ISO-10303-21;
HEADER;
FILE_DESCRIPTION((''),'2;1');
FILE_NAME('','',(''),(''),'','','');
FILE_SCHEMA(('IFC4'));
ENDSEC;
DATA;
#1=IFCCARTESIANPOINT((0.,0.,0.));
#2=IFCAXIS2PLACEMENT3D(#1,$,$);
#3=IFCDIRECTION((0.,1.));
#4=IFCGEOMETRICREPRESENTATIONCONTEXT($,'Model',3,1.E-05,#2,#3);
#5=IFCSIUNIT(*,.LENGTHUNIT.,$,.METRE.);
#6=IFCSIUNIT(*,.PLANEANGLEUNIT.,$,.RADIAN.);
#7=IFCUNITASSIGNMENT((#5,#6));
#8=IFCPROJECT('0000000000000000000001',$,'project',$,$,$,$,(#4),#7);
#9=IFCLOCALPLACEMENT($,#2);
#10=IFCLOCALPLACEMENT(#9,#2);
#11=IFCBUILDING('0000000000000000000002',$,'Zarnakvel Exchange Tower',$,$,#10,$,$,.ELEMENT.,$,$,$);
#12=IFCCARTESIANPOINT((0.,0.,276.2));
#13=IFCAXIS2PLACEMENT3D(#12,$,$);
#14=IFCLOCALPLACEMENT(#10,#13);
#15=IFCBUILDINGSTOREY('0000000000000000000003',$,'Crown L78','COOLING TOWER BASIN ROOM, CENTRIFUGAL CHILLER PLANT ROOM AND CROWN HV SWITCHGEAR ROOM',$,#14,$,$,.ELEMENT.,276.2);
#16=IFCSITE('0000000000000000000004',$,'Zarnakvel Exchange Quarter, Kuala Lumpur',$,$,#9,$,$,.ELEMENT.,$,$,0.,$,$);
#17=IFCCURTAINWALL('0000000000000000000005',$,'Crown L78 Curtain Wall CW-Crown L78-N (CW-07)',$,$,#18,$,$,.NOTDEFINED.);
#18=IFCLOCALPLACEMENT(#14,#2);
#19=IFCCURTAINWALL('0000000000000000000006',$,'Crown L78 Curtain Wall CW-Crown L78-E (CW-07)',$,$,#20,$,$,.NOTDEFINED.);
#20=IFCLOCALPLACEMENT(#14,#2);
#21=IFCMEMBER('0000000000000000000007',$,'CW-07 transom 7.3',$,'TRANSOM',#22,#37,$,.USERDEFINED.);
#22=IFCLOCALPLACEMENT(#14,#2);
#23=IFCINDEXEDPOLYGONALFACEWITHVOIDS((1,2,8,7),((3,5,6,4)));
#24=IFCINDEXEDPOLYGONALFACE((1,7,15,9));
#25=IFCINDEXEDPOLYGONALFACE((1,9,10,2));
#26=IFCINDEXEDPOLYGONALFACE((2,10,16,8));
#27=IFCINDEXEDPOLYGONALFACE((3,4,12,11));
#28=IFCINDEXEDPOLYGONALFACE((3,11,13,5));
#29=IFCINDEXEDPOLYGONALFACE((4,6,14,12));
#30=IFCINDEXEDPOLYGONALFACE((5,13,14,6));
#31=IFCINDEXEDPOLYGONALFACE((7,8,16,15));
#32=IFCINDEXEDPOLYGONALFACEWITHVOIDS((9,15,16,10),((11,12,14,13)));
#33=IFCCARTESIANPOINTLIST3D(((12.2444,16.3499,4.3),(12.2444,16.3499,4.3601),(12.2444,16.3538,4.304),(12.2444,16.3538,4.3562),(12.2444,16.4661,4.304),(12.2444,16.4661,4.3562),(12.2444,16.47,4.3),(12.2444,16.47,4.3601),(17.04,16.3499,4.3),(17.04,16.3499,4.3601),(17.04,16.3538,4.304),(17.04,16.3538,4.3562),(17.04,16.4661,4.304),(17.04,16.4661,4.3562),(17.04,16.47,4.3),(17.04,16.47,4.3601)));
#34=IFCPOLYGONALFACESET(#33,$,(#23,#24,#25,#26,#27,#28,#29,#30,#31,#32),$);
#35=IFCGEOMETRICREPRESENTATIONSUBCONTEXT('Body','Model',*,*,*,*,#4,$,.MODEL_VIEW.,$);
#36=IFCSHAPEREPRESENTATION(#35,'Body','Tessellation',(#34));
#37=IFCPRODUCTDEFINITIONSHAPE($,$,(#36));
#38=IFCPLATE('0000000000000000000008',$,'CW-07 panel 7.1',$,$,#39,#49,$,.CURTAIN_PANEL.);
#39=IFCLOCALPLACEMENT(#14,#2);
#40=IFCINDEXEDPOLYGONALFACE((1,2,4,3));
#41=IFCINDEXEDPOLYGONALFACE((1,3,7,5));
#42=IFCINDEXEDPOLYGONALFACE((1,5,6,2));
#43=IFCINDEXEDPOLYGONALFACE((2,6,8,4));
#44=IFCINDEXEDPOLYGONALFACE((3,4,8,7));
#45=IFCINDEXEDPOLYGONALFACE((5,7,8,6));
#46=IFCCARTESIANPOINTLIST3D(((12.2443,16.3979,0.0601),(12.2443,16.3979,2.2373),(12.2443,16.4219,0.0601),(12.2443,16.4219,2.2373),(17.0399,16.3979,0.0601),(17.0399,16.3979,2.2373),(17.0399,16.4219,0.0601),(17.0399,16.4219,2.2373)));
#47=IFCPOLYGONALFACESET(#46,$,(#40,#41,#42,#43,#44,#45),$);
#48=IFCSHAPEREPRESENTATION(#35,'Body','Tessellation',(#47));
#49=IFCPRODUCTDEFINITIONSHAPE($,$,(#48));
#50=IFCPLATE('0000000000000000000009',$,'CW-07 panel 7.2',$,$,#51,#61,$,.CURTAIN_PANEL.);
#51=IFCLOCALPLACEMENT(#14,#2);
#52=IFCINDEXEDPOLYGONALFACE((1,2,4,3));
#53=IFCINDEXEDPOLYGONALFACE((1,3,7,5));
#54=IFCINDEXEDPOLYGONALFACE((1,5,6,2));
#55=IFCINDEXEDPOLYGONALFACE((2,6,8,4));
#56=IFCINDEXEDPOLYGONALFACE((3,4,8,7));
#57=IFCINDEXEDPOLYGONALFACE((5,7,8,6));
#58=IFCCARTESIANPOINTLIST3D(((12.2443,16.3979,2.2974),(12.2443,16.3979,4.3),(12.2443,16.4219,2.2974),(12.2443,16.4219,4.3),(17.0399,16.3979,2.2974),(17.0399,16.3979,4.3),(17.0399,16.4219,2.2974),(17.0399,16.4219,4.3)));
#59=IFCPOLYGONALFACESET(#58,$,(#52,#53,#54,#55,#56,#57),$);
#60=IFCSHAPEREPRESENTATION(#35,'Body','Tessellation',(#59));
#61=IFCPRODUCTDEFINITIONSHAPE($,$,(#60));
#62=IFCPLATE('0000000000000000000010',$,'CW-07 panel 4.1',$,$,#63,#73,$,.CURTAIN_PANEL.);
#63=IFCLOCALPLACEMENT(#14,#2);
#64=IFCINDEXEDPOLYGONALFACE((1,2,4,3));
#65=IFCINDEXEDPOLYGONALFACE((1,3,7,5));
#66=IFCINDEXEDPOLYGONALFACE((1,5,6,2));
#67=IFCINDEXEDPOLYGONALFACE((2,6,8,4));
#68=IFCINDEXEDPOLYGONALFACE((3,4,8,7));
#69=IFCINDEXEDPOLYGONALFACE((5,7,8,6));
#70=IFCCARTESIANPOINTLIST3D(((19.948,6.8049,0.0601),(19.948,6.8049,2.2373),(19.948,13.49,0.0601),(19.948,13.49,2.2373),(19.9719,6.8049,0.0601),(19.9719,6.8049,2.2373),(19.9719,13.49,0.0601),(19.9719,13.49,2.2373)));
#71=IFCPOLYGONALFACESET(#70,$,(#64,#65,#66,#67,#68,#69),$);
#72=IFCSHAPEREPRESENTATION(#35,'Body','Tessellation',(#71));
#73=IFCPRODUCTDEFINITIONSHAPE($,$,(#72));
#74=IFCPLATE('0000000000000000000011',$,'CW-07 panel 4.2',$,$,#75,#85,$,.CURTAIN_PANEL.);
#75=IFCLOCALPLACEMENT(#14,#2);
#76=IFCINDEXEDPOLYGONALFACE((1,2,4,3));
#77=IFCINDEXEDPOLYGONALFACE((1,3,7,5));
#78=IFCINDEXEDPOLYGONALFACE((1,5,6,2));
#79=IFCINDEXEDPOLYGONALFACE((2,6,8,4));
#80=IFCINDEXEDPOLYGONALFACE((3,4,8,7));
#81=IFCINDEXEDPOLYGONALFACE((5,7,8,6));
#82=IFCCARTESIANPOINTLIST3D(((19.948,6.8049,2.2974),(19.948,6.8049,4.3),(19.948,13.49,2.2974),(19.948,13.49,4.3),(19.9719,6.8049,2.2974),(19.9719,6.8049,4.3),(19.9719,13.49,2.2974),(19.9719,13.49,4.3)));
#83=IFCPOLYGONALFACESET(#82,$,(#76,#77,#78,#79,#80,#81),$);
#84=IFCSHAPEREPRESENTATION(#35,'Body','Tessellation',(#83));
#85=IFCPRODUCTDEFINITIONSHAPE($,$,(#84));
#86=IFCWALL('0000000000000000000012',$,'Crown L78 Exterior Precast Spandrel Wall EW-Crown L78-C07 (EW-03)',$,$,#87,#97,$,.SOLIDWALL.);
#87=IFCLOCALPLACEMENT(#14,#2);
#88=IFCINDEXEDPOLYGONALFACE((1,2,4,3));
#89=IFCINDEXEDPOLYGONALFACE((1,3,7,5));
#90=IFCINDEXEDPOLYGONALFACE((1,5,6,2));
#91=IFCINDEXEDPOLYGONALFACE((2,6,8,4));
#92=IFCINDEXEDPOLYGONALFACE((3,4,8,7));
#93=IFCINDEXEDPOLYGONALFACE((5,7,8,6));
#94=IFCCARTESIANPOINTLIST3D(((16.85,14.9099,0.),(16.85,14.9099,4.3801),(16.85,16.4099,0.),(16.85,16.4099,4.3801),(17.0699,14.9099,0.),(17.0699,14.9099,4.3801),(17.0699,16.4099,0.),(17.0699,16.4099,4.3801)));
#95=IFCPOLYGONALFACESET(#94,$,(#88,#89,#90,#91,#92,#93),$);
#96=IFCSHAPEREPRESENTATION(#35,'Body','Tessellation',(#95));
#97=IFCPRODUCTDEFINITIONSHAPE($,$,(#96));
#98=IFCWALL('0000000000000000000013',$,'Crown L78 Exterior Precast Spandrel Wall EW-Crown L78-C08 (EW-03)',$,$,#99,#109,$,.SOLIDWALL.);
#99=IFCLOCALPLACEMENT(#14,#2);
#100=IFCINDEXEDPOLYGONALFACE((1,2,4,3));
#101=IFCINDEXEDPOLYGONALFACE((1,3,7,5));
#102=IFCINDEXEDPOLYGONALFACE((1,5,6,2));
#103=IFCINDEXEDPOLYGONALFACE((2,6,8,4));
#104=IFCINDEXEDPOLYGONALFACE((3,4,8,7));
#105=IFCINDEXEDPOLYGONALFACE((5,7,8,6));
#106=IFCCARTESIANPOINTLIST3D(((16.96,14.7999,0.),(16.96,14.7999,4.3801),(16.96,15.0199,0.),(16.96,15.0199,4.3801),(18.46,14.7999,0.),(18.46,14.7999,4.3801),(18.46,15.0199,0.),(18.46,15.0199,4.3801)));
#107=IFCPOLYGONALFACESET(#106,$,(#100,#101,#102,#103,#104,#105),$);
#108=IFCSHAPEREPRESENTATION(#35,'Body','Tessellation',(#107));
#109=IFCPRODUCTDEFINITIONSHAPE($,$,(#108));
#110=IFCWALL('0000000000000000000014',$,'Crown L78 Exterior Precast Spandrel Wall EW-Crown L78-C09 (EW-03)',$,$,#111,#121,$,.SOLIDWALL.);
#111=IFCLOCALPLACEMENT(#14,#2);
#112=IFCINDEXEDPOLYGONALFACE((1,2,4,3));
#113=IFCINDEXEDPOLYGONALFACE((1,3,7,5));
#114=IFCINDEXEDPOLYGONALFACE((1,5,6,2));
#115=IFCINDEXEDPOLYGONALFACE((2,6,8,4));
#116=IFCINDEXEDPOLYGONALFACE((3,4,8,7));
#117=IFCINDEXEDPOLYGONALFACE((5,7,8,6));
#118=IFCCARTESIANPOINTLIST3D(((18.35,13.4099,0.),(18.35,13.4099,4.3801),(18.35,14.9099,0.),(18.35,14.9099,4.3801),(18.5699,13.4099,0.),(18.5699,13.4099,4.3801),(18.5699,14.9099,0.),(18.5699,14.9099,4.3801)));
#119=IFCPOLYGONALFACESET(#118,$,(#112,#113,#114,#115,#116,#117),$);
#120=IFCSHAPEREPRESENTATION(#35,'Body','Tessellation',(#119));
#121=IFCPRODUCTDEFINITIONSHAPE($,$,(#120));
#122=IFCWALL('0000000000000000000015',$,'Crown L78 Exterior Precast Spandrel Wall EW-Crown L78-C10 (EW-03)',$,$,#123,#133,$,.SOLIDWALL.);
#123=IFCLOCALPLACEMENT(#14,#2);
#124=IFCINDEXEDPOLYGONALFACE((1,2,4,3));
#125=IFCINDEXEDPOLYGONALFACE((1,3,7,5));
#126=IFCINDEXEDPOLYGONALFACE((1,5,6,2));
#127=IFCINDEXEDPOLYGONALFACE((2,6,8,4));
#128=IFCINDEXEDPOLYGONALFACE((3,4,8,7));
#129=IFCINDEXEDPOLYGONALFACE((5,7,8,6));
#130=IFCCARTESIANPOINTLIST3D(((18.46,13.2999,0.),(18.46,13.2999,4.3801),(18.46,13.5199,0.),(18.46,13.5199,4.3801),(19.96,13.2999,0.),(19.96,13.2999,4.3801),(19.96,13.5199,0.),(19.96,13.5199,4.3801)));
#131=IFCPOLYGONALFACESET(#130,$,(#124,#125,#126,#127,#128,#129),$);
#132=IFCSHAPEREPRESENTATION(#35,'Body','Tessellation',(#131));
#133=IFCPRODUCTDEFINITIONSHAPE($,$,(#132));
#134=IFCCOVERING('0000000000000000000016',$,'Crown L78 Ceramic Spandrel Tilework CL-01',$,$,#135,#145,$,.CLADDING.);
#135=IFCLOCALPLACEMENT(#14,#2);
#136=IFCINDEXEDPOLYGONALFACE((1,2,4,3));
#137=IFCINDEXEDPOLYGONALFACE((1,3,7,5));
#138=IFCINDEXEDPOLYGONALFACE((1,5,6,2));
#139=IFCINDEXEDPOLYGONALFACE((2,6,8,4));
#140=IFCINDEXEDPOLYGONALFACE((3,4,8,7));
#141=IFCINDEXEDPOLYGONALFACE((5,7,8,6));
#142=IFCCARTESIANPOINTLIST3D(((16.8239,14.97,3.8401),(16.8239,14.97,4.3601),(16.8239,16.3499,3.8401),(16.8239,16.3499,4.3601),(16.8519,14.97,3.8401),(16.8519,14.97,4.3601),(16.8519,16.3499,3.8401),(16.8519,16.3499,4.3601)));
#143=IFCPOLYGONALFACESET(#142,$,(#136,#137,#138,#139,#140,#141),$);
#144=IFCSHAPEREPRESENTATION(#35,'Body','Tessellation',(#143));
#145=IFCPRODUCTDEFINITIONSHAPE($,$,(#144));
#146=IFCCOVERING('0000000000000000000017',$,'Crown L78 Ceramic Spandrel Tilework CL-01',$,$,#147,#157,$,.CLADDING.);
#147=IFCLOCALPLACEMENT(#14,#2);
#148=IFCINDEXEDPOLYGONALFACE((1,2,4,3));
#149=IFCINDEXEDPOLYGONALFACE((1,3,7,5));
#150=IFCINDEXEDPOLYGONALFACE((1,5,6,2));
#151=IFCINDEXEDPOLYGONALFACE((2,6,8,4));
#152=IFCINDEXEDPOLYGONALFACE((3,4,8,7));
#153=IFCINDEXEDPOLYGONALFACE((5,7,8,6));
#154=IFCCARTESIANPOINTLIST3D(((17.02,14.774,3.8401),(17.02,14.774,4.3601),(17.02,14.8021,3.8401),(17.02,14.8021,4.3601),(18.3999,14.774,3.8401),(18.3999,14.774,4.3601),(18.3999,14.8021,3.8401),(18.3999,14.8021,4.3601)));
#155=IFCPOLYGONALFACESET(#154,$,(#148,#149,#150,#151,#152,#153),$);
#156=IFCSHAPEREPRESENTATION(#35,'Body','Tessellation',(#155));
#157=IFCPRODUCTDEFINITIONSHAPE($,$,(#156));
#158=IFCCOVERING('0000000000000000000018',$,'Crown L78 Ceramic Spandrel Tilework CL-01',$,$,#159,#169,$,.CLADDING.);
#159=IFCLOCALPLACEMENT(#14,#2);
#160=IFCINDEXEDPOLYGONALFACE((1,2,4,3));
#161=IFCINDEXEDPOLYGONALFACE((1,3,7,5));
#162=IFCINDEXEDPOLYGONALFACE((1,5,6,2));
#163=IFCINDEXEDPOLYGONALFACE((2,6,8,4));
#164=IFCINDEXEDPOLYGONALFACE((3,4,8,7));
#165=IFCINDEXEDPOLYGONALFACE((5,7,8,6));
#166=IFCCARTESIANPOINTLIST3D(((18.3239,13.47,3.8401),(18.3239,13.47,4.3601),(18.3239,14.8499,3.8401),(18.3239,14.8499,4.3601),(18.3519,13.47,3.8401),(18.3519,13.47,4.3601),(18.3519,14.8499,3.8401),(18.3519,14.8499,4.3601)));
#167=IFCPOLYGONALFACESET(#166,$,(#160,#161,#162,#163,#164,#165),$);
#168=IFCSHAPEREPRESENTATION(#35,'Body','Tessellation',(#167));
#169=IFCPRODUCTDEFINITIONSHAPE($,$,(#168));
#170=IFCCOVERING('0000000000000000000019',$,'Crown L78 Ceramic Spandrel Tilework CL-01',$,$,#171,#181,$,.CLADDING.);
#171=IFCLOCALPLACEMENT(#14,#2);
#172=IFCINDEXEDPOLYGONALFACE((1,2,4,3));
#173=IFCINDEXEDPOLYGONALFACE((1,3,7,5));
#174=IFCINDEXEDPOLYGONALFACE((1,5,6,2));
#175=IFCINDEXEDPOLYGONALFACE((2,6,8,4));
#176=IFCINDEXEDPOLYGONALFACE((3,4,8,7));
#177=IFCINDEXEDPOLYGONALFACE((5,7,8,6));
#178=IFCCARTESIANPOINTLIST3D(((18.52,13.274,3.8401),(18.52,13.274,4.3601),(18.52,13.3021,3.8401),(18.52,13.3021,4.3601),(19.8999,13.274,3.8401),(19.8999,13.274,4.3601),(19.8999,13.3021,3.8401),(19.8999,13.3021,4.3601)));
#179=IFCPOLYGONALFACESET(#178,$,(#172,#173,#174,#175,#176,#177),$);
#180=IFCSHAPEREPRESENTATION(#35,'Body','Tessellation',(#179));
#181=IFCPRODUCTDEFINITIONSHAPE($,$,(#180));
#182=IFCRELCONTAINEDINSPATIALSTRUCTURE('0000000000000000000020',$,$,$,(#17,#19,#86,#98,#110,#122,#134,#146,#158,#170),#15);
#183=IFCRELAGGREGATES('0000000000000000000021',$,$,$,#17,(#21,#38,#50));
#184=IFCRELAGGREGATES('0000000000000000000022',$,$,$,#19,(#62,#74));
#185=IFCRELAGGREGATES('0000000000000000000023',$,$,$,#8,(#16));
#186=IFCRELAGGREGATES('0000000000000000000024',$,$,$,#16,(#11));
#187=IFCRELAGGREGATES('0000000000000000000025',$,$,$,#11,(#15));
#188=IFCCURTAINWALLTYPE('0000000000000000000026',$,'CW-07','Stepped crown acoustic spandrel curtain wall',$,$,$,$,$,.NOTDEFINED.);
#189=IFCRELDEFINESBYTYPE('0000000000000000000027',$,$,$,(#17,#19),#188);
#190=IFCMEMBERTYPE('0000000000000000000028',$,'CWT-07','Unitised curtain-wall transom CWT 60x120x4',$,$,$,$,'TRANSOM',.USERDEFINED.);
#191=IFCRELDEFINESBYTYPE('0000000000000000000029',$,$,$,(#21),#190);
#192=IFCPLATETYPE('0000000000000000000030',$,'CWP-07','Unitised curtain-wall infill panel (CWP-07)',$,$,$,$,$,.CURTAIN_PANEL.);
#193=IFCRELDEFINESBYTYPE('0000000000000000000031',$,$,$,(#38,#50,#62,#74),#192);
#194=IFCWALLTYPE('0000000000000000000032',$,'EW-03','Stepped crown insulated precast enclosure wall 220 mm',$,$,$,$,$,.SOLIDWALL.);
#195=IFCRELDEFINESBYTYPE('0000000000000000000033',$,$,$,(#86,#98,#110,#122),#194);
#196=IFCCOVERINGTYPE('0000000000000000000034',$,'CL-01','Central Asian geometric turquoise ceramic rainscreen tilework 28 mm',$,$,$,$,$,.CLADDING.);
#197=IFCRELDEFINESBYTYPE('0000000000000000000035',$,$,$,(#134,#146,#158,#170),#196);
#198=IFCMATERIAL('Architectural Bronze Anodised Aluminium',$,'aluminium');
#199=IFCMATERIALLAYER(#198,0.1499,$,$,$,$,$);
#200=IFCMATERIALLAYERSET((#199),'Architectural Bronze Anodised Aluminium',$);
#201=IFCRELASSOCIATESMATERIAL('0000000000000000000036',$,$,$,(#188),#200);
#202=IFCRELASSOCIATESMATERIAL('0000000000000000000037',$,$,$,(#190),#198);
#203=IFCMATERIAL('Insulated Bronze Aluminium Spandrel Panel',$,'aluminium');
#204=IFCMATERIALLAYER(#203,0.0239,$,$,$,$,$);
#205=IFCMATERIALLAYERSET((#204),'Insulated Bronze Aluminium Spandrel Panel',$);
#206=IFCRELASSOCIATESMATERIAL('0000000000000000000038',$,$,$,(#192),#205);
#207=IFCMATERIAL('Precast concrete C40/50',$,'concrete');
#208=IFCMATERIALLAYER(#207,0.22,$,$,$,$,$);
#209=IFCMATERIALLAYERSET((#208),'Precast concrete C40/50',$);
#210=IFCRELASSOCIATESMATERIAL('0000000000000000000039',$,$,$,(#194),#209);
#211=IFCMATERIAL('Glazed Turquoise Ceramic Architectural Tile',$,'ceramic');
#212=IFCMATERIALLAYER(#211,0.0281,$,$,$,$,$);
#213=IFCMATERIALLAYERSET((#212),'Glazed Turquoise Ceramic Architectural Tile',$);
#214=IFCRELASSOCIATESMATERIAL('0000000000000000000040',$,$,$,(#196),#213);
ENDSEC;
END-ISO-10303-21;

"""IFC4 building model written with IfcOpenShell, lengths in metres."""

from ifc_helpers import new_model, si_unit, direction, frame, frame_2d, origin, origin_2d, place, context, subcontext, project, spatial, rectangle, hollow_rectangle, extrude, source, transform, mapped, material, layer, layer_set, material_profile, profile_set, type_object, element, aggregate, save


model = new_model("IFC4")

# Units and contexts
model_context = context("Model", 3, precision=1e-05, world=origin(), true_north=direction((0.0, 1.0)))
body_context = subcontext(model_context, "Body", "Model", "MODEL_VIEW")
ifc_project = project(units=[si_unit("LENGTHUNIT", "METRE"), si_unit("PLANEANGLEUNIT", "RADIAN")], contexts=[model_context])

# Site, building, storey
site_placement = place(None, origin())
site = spatial("IfcSite", under=ifc_project, at=site_placement, Name="Zarnakvel Exchange Quarter, Kuala Lumpur", CompositionType="ELEMENT", RefElevation=0.0)
building_placement = place(site_placement, origin())
building = spatial("IfcBuilding", under=site, at=building_placement, Name="Zarnakvel Exchange Tower", CompositionType="ELEMENT")
storey_placement = place(building_placement, frame((0.0, 0.0, 276.2)))
storey = spatial("IfcBuildingStorey", under=building, at=storey_placement, Name="Crown L78", Description="COOLING TOWER BASIN ROOM, CENTRIFUGAL CHILLER PLANT ROOM AND CROWN HV SWITCHGEAR ROOM", CompositionType="ELEMENT", Elevation=276.2)

# Curtain walls
ifc_material_1 = material(Name="Architectural Bronze Anodised Aluminium", Category="aluminium")
ifc_layer_1 = layer(ifc_material_1, 0.1499)
ifc_layer_set_1 = layer_set([ifc_layer_1], Name="Architectural Bronze Anodised Aluminium")
curtain_wall_type = type_object("IfcCurtainWallType", Name="CW-07", Description="Stepped crown acoustic spandrel curtain wall", PredefinedType="NOTDEFINED", material=ifc_layer_set_1)
curtain_wall_1_placement = place(storey_placement, origin())
curtain_wall_1 = element("IfcCurtainWall", 1, at=curtain_wall_1_placement, inside=storey, type_object=curtain_wall_type, Name="Crown L78 Curtain Wall CW-Crown L78-N (CW-07)", PredefinedType="NOTDEFINED")
curtain_wall_2_placement = place(storey_placement, origin())
curtain_wall_2 = element("IfcCurtainWall", 2, at=curtain_wall_2_placement, inside=storey, type_object=curtain_wall_type, Name="Crown L78 Curtain Wall CW-Crown L78-E (CW-07)", PredefinedType="NOTDEFINED")

# Member
ifc_material_profile_1 = material_profile(ifc_material_1, hollow_rectangle(XDim=0.1201, YDim=0.0601, WallThickness=0.0039, at=origin_2d()))
ifc_profile_set_1 = profile_set([ifc_material_profile_1], Name="Architectural Bronze Anodised Aluminium")
member_type_1 = type_object("IfcMemberType", Name="CWT-07", Description="Unitised curtain-wall transom CWT 60x120x4", ElementType="TRANSOM", PredefinedType="USERDEFINED", material=ifc_profile_set_1)
shared_shape_1 = source(origin(), body_context, "Body", "SweptSolid", [
    extrude(hollow_rectangle(XDim=0.1201, YDim=0.0601, WallThickness=0.0039, at=origin_2d()), origin(), (0.0, 0.0, 1.0), 4.7957),
])
member_1_placement = place(storey_placement, frame((12.2444, 16.4099, 4.3301), z_axis=(1.0, 0.0, 0.0), x_axis=(0.0, 1.0, 0.0)))
member_1 = element("IfcMember", 3, at=member_1_placement, type_object=member_type_1, Name="CW-07 transom 7.3", ObjectType="TRANSOM", PredefinedType="USERDEFINED", context=body_context, shape_type="MappedRepresentation", body=[
    mapped(shared_shape_1, transform((0.0, 0.0, 0.0), x_axis=(1.0, 0.0, 0.0), y_axis=(0.0, 1.0, 0.0), z_axis=(0.0, 0.0, 1.0), scale=1.0)),
])

# Plates
ifc_material_2 = material(Name="Insulated Bronze Aluminium Spandrel Panel", Category="aluminium")
ifc_layer_2 = layer(ifc_material_2, 0.0239)
ifc_layer_set_2 = layer_set([ifc_layer_2], Name="Insulated Bronze Aluminium Spandrel Panel")
plate_type = type_object("IfcPlateType", Name="CWP-07", Description="Unitised curtain-wall infill panel (CWP-07)", PredefinedType="CURTAIN_PANEL", material=ifc_layer_set_2)
shared_shape_2 = source(origin(), body_context, "Body", "SweptSolid", [
    extrude(rectangle(XDim=4.7957, YDim=0.0239, at=origin_2d()), origin(), (0.0, 0.0, 1.0), 2.1772),
])
plate_1_placement = place(storey_placement, frame((14.6421, 16.4099, 0.0601), z_axis=(0.0, 0.0, 1.0), x_axis=(1.0, 0.0, 0.0)))
plate_1 = element("IfcPlate", 4, at=plate_1_placement, type_object=plate_type, Name="CW-07 panel 7.1", PredefinedType="CURTAIN_PANEL", context=body_context, shape_type="MappedRepresentation", body=[
    mapped(shared_shape_2, transform((0.0, 0.0, 0.0), x_axis=(1.0, 0.0, 0.0), y_axis=(0.0, 1.0, 0.0), z_axis=(0.0, 0.0, 1.0), scale=1.0)),
])
shared_shape_3 = source(origin(), body_context, "Body", "SweptSolid", [
    extrude(rectangle(XDim=4.7957, YDim=0.0239, at=origin_2d()), origin(), (0.0, 0.0, 1.0), 2.0027),
])
plate_2_placement = place(storey_placement, frame((14.6421, 16.4099, 2.2974), z_axis=(0.0, 0.0, 1.0), x_axis=(1.0, 0.0, 0.0)))
plate_2 = element("IfcPlate", 5, at=plate_2_placement, type_object=plate_type, Name="CW-07 panel 7.2", PredefinedType="CURTAIN_PANEL", context=body_context, shape_type="MappedRepresentation", body=[
    mapped(shared_shape_3, transform((0.0, 0.0, 0.0), x_axis=(1.0, 0.0, 0.0), y_axis=(0.0, 1.0, 0.0), z_axis=(0.0, 0.0, 1.0), scale=1.0)),
])
aggregate(curtain_wall_1, [member_1, plate_1, plate_2])
shared_shape_4 = source(origin(), body_context, "Body", "SweptSolid", [
    extrude(rectangle(XDim=6.6851, YDim=0.0239, at=origin_2d()), origin(), (0.0, 0.0, 1.0), 2.1772),
])
plate_3_placement = place(storey_placement, frame((19.96, 10.1475, 0.0601), z_axis=(0.0, 0.0, 1.0), x_axis=(0.0, 1.0, 0.0)))
plate_3 = element("IfcPlate", 6, at=plate_3_placement, type_object=plate_type, Name="CW-07 panel 4.1", PredefinedType="CURTAIN_PANEL", context=body_context, shape_type="MappedRepresentation", body=[
    mapped(shared_shape_4, transform((0.0, 0.0, 0.0), x_axis=(1.0, 0.0, 0.0), y_axis=(0.0, 1.0, 0.0), z_axis=(0.0, 0.0, 1.0), scale=1.0)),
])
shared_shape_5 = source(origin(), body_context, "Body", "SweptSolid", [
    extrude(rectangle(XDim=6.6851, YDim=0.0239, at=origin_2d()), origin(), (0.0, 0.0, 1.0), 2.0027),
])
plate_4_placement = place(storey_placement, frame((19.96, 10.1475, 2.2974), z_axis=(0.0, 0.0, 1.0), x_axis=(0.0, 1.0, 0.0)))
plate_4 = element("IfcPlate", 7, at=plate_4_placement, type_object=plate_type, Name="CW-07 panel 4.2", PredefinedType="CURTAIN_PANEL", context=body_context, shape_type="MappedRepresentation", body=[
    mapped(shared_shape_5, transform((0.0, 0.0, 0.0), x_axis=(1.0, 0.0, 0.0), y_axis=(0.0, 1.0, 0.0), z_axis=(0.0, 0.0, 1.0), scale=1.0)),
])
aggregate(curtain_wall_2, [plate_3, plate_4])

# Walls
ifc_material_3 = material(Name="Precast concrete C40/50", Category="concrete")
ifc_layer_3 = layer(ifc_material_3, 0.22)
ifc_layer_set_3 = layer_set([ifc_layer_3], Name="Precast concrete C40/50")
wall_type = type_object("IfcWallType", Name="EW-03", Description="Stepped crown insulated precast enclosure wall 220 mm", PredefinedType="SOLIDWALL", material=ifc_layer_set_3)
for number, where, z_axis, x_axis, name in (
    (8, (16.96, 14.9099, 0.0), (0.0, 0.0, 1.0), (0.0, 1.0, 0.0), "Crown L78 Exterior Precast Spandrel Wall EW-Crown L78-C07 (EW-03)"),
    (9, (18.46, 14.9099, 0.0), (0.0, 0.0, 1.0), (-1.0, 0.0, 0.0), "Crown L78 Exterior Precast Spandrel Wall EW-Crown L78-C08 (EW-03)"),
    (10, (18.46, 13.4099, 0.0), (0.0, 0.0, 1.0), (0.0, 1.0, 0.0), "Crown L78 Exterior Precast Spandrel Wall EW-Crown L78-C09 (EW-03)"),
    (11, (19.96, 13.4099, 0.0), (0.0, 0.0, 1.0), (-1.0, 0.0, 0.0), "Crown L78 Exterior Precast Spandrel Wall EW-Crown L78-C10 (EW-03)"),
):
    element("IfcWall", number, at=place(storey_placement, frame(where, z_axis=z_axis, x_axis=x_axis)), inside=storey, type_object=wall_type, Name=name, PredefinedType="SOLIDWALL", context=body_context, shape_type="SweptSolid", body=[
        extrude(rectangle(XDim=1.5, YDim=0.22, at=frame_2d((0.75, 0.0))), origin(), (0.0, 0.0, 1.0), 4.3801),
    ])

# Coverings
ifc_material_4 = material(Name="Glazed Turquoise Ceramic Architectural Tile", Category="ceramic")
ifc_layer_4 = layer(ifc_material_4, 0.0281)
ifc_layer_set_4 = layer_set([ifc_layer_4], Name="Glazed Turquoise Ceramic Architectural Tile")
covering_type = type_object("IfcCoveringType", Name="CL-01", Description="Central Asian geometric turquoise ceramic rainscreen tilework 28 mm", PredefinedType="CLADDING", material=ifc_layer_set_4)
shared_shape_6 = source(origin(), body_context, "Body", "SweptSolid", [
    extrude(rectangle(XDim=1.3799, YDim=0.0281, at=origin_2d()), origin(), (0.0, 0.0, 1.0), 0.52),
])
for number, where, z_axis, x_axis, name in (
    (12, (16.8379, 15.6599, 3.8401), (0.0, 0.0, 1.0), (0.0, 1.0, 0.0), "Crown L78 Ceramic Spandrel Tilework CL-01"),
    (13, (17.71, 14.7881, 3.8401), (0.0, 0.0, 1.0), (-1.0, 0.0, 0.0), "Crown L78 Ceramic Spandrel Tilework CL-01"),
    (14, (18.3379, 14.1599, 3.8401), (0.0, 0.0, 1.0), (0.0, 1.0, 0.0), "Crown L78 Ceramic Spandrel Tilework CL-01"),
    (15, (19.21, 13.2881, 3.8401), (0.0, 0.0, 1.0), (-1.0, 0.0, 0.0), "Crown L78 Ceramic Spandrel Tilework CL-01"),
):
    element("IfcCovering", number, at=place(storey_placement, frame(where, z_axis=z_axis, x_axis=x_axis)), inside=storey, type_object=covering_type, Name=name, PredefinedType="CLADDING", context=body_context, shape_type="MappedRepresentation", body=[
        mapped(shared_shape_6, transform((0.0, 0.0, 0.0), x_axis=(1.0, 0.0, 0.0), y_axis=(0.0, 1.0, 0.0), z_axis=(0.0, 0.0, 1.0), scale=1.0)),
    ])

save(model, "model.ifc")
